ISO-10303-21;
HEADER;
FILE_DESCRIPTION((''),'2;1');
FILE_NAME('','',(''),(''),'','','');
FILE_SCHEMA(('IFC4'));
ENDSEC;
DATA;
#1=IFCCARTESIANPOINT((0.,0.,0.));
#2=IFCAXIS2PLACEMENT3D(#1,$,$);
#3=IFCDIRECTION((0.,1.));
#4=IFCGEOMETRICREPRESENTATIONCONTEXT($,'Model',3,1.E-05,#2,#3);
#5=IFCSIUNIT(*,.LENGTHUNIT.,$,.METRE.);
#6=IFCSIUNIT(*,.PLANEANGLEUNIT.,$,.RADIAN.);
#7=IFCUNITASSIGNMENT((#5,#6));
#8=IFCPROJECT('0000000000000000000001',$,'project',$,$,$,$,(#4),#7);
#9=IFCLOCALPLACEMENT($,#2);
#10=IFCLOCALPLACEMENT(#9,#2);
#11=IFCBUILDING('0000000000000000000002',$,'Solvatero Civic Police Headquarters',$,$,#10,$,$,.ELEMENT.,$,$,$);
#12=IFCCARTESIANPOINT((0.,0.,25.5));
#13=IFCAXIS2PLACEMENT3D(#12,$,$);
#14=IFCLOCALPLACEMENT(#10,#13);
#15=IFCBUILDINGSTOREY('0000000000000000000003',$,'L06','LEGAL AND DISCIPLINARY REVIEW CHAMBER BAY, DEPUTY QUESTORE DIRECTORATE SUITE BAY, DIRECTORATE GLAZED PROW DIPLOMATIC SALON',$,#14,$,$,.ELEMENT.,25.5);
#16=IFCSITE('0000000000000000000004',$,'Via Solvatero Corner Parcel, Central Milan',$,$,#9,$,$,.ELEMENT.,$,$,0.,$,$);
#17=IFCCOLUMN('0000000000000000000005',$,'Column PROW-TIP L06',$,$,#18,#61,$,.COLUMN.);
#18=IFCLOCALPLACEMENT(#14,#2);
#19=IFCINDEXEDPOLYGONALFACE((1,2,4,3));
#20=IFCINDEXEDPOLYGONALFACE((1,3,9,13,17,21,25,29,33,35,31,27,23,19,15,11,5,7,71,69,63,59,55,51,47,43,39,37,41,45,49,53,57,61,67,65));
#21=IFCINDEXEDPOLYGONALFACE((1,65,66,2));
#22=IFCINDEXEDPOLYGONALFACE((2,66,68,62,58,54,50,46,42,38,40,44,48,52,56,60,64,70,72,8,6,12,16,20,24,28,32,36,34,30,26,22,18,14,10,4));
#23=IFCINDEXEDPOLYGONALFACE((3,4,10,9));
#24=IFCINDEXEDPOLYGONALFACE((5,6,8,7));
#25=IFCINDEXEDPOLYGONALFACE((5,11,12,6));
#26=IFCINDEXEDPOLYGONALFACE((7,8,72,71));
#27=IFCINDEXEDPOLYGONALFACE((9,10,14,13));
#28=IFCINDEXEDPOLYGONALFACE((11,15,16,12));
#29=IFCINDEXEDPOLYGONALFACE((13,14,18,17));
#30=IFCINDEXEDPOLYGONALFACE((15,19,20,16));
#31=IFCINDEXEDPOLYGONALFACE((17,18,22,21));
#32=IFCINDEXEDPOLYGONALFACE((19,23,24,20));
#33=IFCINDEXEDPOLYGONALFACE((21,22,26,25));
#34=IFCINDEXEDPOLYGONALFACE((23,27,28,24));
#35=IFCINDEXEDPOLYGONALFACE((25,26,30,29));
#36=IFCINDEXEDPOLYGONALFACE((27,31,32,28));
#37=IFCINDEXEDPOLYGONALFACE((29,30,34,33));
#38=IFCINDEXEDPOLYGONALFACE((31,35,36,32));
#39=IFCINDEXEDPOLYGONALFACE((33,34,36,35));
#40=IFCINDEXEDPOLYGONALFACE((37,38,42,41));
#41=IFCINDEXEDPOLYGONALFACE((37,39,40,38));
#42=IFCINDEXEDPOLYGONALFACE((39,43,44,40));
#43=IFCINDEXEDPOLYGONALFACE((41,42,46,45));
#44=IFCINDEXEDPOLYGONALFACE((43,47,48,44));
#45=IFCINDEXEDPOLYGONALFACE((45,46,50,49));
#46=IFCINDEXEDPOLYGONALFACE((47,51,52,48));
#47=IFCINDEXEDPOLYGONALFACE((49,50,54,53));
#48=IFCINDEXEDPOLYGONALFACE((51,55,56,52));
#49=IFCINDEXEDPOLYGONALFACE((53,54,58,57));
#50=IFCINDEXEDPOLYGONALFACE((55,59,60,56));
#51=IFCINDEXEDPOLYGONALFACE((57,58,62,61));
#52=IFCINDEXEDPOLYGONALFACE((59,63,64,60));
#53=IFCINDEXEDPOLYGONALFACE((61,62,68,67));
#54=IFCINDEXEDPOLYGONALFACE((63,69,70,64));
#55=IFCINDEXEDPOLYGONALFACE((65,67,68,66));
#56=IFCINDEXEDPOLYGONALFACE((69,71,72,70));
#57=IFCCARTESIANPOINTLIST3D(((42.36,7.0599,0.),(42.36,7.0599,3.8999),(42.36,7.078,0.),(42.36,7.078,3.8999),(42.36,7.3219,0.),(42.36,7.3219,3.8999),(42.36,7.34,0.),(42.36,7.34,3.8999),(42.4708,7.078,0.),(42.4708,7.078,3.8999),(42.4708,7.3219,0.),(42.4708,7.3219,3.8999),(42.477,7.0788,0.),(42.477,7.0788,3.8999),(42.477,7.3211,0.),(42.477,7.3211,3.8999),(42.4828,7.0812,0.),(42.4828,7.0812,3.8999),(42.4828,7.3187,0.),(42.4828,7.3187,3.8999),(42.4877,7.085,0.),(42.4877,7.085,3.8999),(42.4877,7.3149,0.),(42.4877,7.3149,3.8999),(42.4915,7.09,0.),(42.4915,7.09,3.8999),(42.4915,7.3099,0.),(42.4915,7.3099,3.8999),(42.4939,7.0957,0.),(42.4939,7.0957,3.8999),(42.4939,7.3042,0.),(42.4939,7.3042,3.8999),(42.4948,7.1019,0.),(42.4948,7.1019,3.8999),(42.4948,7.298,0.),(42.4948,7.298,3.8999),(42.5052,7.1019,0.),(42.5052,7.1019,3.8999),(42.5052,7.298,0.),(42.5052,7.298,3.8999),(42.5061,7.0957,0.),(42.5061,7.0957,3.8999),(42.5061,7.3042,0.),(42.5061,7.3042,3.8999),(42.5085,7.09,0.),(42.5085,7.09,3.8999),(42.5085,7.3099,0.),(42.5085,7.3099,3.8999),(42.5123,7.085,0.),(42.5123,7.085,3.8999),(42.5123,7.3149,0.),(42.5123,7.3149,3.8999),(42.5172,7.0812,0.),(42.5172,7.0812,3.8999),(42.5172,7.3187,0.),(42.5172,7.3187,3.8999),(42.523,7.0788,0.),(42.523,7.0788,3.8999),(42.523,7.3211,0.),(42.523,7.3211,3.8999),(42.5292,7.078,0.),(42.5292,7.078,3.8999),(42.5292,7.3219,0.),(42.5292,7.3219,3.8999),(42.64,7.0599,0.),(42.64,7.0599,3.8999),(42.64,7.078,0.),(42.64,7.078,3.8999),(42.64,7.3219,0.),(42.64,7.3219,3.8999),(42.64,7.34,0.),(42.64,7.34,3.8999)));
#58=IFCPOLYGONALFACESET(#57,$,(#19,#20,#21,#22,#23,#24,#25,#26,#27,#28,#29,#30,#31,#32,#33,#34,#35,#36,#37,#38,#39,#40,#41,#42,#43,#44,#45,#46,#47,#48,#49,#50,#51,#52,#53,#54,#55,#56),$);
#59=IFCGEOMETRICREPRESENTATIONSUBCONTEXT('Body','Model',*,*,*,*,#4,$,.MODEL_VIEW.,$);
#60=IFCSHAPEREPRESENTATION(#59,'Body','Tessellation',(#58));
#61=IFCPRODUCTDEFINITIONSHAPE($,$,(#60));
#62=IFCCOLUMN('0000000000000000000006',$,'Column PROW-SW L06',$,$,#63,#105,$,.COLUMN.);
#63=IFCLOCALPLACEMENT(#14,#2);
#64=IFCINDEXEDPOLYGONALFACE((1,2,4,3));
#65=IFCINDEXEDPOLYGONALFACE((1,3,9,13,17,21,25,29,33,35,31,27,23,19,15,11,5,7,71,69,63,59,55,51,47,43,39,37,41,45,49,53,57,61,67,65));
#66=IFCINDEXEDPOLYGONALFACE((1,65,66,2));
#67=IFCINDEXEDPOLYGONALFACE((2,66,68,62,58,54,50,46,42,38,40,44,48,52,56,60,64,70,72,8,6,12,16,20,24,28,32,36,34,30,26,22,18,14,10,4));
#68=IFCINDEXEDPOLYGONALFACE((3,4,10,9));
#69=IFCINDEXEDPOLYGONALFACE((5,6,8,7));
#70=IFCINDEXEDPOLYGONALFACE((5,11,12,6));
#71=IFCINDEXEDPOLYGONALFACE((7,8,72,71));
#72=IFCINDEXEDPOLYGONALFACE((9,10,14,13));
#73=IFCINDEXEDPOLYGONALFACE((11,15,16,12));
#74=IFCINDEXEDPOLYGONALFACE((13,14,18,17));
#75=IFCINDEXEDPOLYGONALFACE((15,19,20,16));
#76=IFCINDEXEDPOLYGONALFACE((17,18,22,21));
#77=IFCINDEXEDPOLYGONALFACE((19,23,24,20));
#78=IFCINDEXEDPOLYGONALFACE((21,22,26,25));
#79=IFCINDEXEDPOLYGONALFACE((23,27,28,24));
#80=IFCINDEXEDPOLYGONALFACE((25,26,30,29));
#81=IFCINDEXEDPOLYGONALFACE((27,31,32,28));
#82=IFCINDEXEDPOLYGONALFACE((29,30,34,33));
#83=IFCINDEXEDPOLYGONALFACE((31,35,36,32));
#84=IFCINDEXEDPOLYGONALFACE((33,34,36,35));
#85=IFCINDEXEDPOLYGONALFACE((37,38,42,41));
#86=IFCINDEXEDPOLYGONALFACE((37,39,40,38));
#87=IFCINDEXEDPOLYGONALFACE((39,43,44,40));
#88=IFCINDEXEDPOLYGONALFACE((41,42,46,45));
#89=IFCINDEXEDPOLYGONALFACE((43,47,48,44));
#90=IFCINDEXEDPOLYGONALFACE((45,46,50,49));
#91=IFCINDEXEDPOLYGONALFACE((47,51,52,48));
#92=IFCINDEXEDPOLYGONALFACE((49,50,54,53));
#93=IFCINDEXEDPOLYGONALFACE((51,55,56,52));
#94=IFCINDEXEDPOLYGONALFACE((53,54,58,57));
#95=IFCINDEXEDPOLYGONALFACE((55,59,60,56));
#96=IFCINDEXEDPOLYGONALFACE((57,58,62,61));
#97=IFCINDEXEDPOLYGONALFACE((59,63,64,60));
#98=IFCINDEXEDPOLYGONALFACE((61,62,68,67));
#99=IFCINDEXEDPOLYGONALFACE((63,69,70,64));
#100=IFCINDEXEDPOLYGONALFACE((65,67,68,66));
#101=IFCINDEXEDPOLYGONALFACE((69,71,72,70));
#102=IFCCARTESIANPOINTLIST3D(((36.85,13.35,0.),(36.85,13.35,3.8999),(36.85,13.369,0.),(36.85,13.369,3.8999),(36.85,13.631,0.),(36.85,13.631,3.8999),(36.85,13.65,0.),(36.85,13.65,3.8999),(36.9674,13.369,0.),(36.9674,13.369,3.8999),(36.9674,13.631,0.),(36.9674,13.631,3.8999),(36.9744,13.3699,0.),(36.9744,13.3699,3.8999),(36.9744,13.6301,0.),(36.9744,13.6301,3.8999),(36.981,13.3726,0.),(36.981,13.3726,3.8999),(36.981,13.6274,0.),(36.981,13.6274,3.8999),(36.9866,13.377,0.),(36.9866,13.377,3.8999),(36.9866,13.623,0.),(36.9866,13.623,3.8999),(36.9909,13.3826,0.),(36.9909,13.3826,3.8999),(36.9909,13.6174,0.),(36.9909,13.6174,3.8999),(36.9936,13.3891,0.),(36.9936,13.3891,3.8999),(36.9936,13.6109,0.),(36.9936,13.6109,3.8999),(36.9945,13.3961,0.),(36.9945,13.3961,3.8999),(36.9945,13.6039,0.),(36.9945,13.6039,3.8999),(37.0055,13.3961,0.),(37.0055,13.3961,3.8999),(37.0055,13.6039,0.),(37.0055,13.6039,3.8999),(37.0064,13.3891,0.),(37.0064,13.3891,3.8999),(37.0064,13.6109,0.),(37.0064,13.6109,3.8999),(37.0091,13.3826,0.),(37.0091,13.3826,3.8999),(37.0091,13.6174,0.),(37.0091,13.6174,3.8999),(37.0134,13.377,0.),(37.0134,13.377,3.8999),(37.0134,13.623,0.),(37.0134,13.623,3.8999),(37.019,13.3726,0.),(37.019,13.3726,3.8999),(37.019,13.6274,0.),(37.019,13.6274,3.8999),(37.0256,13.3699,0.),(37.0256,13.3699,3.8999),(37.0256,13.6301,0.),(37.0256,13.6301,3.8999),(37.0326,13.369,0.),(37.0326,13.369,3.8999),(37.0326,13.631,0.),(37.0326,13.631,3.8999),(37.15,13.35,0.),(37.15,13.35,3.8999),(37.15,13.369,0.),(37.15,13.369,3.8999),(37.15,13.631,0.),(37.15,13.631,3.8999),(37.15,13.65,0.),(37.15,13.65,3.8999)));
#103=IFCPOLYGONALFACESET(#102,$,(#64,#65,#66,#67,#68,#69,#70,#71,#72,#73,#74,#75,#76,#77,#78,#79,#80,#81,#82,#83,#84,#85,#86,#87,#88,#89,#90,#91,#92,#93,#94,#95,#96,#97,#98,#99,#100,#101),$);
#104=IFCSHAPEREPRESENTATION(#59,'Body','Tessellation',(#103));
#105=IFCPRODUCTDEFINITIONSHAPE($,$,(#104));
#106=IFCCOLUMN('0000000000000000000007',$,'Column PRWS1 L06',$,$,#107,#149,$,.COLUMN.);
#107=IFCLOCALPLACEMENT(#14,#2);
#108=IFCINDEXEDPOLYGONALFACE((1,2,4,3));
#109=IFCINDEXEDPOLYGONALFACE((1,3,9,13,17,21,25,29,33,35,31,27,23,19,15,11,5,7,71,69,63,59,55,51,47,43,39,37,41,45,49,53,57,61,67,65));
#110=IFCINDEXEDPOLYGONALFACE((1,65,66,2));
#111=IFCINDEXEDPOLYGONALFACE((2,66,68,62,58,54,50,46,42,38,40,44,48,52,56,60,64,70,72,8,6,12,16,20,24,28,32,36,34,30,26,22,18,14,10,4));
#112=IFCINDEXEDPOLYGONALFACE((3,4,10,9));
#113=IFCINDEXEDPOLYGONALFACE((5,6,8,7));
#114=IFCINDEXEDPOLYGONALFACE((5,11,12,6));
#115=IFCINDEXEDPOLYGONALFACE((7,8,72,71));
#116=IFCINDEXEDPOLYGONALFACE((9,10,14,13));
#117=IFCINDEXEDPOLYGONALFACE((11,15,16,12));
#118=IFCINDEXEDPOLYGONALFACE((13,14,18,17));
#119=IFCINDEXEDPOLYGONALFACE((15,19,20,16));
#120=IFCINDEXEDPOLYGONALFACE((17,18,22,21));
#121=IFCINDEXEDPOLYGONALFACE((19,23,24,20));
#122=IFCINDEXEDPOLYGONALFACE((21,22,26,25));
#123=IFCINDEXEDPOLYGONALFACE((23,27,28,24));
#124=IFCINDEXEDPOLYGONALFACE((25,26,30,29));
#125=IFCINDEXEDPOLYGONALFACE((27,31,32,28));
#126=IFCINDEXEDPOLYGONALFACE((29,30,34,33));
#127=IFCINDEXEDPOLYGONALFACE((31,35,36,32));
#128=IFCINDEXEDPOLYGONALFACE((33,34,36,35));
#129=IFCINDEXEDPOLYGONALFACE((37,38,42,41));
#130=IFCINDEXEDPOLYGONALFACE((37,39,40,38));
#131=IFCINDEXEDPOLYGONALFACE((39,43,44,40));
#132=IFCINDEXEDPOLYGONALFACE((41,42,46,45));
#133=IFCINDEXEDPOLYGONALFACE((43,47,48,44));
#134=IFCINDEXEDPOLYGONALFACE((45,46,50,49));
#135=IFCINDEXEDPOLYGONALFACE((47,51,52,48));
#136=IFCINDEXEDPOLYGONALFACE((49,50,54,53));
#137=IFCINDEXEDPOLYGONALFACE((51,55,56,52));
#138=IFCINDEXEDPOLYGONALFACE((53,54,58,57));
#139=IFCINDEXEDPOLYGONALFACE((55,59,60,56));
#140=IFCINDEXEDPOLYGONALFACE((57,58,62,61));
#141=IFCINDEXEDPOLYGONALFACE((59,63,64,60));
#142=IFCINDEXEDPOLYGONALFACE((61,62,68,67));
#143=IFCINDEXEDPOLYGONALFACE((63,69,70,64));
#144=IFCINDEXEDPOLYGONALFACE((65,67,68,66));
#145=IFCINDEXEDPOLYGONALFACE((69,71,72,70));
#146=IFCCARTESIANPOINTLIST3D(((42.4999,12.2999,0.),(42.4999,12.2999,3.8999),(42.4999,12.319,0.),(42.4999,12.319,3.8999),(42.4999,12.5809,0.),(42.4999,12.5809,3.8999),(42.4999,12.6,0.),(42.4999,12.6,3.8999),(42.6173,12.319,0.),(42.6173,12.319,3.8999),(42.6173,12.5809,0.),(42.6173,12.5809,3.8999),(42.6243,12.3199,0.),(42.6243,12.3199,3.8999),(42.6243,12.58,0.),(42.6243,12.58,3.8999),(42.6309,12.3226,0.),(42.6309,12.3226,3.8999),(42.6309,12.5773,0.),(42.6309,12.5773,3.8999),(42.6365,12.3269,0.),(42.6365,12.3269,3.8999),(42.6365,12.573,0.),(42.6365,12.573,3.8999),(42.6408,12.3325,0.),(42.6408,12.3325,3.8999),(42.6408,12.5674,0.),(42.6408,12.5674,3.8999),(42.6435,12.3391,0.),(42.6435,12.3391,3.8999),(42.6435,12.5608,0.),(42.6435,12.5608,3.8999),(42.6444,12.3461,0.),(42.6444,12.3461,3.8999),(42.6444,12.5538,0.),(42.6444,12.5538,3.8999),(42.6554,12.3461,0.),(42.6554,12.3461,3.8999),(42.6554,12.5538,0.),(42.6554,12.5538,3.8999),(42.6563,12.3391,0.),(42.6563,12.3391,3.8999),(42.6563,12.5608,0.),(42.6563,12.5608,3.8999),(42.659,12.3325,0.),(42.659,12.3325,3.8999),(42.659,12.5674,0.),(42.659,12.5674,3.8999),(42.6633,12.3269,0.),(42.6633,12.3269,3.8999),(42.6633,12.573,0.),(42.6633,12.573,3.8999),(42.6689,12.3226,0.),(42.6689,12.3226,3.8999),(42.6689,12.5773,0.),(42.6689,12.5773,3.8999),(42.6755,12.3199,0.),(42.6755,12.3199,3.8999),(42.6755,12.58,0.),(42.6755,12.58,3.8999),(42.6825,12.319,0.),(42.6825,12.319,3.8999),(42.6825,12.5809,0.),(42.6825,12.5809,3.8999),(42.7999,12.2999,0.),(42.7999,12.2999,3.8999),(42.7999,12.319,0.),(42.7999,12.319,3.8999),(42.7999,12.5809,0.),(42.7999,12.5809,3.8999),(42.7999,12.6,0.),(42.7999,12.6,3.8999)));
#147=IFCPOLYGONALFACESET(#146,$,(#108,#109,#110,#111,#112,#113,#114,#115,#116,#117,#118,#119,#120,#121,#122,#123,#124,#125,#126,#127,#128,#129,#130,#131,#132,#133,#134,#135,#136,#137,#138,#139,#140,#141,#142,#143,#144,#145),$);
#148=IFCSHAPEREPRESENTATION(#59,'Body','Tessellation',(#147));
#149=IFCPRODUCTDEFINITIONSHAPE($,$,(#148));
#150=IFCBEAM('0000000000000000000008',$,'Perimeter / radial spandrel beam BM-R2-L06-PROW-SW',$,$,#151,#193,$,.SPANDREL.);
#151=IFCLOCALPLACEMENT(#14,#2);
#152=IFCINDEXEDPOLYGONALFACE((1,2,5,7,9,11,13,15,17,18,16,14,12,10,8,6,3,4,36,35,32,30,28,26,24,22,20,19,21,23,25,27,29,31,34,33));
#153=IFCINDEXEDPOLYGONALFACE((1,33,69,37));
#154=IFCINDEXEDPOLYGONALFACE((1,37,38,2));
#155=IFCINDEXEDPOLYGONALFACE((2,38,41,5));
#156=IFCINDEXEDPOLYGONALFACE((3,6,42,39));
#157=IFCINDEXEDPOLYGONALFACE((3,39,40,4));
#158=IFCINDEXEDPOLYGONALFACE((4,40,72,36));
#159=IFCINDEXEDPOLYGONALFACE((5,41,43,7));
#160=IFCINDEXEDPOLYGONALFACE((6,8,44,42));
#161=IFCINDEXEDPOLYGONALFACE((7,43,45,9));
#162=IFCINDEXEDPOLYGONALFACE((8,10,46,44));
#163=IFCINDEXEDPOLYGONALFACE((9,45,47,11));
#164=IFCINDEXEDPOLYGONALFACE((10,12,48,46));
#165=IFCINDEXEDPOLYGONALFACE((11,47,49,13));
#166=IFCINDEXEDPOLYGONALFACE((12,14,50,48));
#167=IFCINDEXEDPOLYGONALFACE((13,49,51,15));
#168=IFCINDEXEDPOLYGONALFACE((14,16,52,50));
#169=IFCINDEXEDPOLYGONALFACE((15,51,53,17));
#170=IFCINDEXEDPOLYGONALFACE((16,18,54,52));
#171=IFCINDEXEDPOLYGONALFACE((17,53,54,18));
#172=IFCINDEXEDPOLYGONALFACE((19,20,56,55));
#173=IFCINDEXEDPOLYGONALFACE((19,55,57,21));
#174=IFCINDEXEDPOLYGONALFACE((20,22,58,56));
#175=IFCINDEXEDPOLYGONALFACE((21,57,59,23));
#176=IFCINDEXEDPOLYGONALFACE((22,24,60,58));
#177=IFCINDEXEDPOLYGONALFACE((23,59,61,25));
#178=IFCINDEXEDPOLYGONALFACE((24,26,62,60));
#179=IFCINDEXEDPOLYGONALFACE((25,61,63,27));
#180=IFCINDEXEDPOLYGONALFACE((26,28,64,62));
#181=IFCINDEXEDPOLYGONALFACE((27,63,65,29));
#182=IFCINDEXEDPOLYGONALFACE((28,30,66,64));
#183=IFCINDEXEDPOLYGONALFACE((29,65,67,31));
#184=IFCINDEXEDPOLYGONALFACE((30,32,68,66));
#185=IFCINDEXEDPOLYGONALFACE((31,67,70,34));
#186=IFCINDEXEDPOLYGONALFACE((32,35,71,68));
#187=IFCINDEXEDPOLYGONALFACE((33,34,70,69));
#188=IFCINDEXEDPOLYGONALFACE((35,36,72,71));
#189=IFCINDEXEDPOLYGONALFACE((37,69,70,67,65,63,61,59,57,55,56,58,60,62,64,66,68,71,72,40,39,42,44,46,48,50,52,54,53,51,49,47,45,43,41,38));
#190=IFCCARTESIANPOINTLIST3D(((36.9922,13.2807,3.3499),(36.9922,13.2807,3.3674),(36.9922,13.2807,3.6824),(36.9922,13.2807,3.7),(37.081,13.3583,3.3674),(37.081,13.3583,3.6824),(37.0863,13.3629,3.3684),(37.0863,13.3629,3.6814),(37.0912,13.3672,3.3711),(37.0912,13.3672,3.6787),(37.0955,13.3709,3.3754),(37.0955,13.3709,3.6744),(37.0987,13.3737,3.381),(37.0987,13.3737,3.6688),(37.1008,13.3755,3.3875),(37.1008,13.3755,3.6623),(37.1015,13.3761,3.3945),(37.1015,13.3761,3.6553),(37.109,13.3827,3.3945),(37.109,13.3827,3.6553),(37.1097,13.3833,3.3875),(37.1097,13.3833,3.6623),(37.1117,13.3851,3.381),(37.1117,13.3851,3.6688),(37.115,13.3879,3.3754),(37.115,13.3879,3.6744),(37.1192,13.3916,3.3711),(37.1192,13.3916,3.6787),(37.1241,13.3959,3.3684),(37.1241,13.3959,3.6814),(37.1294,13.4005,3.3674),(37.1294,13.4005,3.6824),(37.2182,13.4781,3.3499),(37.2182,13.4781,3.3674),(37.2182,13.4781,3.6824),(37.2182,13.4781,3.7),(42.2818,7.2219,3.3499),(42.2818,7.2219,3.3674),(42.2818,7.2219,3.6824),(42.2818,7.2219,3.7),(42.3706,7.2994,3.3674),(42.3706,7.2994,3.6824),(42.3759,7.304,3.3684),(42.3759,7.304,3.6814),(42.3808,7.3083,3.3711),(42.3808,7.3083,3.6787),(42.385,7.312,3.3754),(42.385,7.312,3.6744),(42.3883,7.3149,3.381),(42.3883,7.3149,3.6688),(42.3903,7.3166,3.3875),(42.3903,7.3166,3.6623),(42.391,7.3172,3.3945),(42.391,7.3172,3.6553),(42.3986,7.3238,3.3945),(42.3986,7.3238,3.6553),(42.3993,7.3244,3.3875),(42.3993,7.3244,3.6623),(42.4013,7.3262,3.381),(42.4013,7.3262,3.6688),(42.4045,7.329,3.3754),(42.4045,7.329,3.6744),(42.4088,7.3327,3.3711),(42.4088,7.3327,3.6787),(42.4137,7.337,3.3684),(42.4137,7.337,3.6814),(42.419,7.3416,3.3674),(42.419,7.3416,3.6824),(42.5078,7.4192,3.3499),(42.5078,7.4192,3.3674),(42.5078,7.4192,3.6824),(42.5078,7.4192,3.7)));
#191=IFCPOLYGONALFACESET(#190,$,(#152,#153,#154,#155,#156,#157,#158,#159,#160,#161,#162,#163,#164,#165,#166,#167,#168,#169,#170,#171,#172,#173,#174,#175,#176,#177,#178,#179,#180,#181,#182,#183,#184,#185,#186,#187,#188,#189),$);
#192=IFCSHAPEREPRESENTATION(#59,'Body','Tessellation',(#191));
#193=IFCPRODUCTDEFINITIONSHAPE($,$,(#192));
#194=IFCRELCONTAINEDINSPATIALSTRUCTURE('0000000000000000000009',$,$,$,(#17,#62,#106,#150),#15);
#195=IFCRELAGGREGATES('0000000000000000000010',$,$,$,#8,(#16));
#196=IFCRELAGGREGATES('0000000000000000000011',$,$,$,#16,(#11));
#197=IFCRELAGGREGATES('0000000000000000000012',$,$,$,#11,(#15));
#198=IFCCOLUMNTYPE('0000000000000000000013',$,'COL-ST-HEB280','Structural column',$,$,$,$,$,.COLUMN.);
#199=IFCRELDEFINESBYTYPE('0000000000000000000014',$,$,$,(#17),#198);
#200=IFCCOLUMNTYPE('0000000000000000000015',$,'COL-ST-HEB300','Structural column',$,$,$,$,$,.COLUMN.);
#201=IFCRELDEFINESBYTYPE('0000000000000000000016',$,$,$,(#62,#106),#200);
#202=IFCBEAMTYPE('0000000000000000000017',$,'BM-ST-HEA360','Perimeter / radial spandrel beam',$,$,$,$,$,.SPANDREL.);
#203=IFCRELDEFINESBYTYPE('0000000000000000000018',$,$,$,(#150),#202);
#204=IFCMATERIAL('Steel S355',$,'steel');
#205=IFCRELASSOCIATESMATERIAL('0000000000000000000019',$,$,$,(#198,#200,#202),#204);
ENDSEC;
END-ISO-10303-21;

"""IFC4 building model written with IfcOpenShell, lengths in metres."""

from ifc_helpers import new_model, si_unit, direction, frame, origin, origin_2d, place, context, subcontext, project, spatial, i_section, extrude, material, material_profile, profile_set, type_object, element, save


model = new_model("IFC4")

# Units and contexts
model_context = context("Model", 3, precision=1e-05, world=origin(), true_north=direction((0.0, 1.0)))
body_context = subcontext(model_context, "Body", "Model", "MODEL_VIEW")
ifc_project = project(units=[si_unit("LENGTHUNIT", "METRE"), si_unit("PLANEANGLEUNIT", "RADIAN")], contexts=[model_context])

# Site, building, storey
site_placement = place(None, origin())
site = spatial("IfcSite", under=ifc_project, at=site_placement, Name="Via Solvatero Corner Parcel, Central Milan", CompositionType="ELEMENT", RefElevation=0.0)
building_placement = place(site_placement, origin())
building = spatial("IfcBuilding", under=site, at=building_placement, Name="Solvatero Civic Police Headquarters", CompositionType="ELEMENT")
storey_placement = place(building_placement, frame((0.0, 0.0, 25.5)))
storey = spatial("IfcBuildingStorey", under=building, at=storey_placement, Name="L06", Description="LEGAL AND DISCIPLINARY REVIEW CHAMBER BAY, DEPUTY QUESTORE DIRECTORATE SUITE BAY, DIRECTORATE GLAZED PROW DIPLOMATIC SALON", CompositionType="ELEMENT", Elevation=25.5)

# Columns
ifc_material_1 = material(Name="Steel S355", Category="steel")
ifc_material_profile_1 = material_profile(ifc_material_1, i_section(OverallWidth=0.28, OverallDepth=0.28, WebThickness=0.0105, FlangeThickness=0.0181, FilletRadius=0.0239, at=origin_2d()), Name="HEB 280")
ifc_profile_set_1 = profile_set([ifc_material_profile_1], Name="Steel S355")
column_type_1 = type_object("IfcColumnType", Name="COL-ST-HEB280", Description="Structural column", PredefinedType="COLUMN", material=ifc_profile_set_1)
column_placement = place(storey_placement, frame((42.5, 7.2, 0.0), z_axis=(0.0, 0.0, 1.0), x_axis=(1.0, 0.0, 0.0)))
element("IfcColumn", 1, at=column_placement, inside=storey, type_object=column_type_1, Name="Column PROW-TIP L06", PredefinedType="COLUMN", context=body_context, shape_type="SweptSolid", body=[
    extrude(i_section(OverallWidth=0.28, OverallDepth=0.28, WebThickness=0.0105, FlangeThickness=0.0181, FilletRadius=0.0239, at=origin_2d()), origin(), (0.0, 0.0, 1.0), 3.8999),
])
ifc_material_profile_2 = material_profile(ifc_material_1, i_section(OverallWidth=0.3, OverallDepth=0.3, WebThickness=0.011, FlangeThickness=0.019, FilletRadius=0.0271, at=origin_2d()), Name="HEB 300")
ifc_profile_set_2 = profile_set([ifc_material_profile_2], Name="Steel S355")
column_type_2 = type_object("IfcColumnType", Name="COL-ST-HEB300", Description="Structural column", PredefinedType="COLUMN", material=ifc_profile_set_2)
for number, where, z_axis, x_axis, name in (
    (2, (37.0, 13.5, 0.0), (0.0, 0.0, 1.0), (1.0, 0.0, 0.0), "Column PROW-SW L06"),
    (3, (42.6499, 12.45, 0.0), (0.0, 0.0, 1.0), (1.0, 0.0, 0.0), "Column PRWS1 L06"),
):
    element("IfcColumn", number, at=place(storey_placement, frame(where, z_axis=z_axis, x_axis=x_axis)), inside=storey, type_object=column_type_2, Name=name, PredefinedType="COLUMN", context=body_context, shape_type="SweptSolid", body=[
        extrude(i_section(OverallWidth=0.3, OverallDepth=0.3, WebThickness=0.011, FlangeThickness=0.019, FilletRadius=0.0271, at=origin_2d()), origin(), (0.0, 0.0, 1.0), 3.8999),
    ])

# Beam
ifc_material_profile_3 = material_profile(ifc_material_1, i_section(OverallWidth=0.3, OverallDepth=0.3501, WebThickness=0.01, FlangeThickness=0.0176, FilletRadius=0.0271, at=origin_2d()), Name="HEA 360")
ifc_profile_set_3 = profile_set([ifc_material_profile_3], Name="Steel S355")
beam_type = type_object("IfcBeamType", Name="BM-ST-HEA360", Description="Perimeter / radial spandrel beam", PredefinedType="SPANDREL", material=ifc_profile_set_3)
beam_1_placement = place(storey_placement, frame((37.1052, 13.3794, 3.5249), z_axis=(0.657664, -0.753311, 0.0), x_axis=(0.753311, 0.657664, 0.0)))
element("IfcBeam", 4, at=beam_1_placement, inside=storey, type_object=beam_type, Name="Perimeter / radial spandrel beam BM-R2-L06-PROW-SW", PredefinedType="SPANDREL", context=body_context, shape_type="SweptSolid", body=[
    extrude(i_section(OverallWidth=0.3, OverallDepth=0.3501, WebThickness=0.01, FlangeThickness=0.0176, FilletRadius=0.0271, at=origin_2d()), origin(), (0.0, 0.0, 1.0), 8.043),
])

save(model, "model.ifc")
